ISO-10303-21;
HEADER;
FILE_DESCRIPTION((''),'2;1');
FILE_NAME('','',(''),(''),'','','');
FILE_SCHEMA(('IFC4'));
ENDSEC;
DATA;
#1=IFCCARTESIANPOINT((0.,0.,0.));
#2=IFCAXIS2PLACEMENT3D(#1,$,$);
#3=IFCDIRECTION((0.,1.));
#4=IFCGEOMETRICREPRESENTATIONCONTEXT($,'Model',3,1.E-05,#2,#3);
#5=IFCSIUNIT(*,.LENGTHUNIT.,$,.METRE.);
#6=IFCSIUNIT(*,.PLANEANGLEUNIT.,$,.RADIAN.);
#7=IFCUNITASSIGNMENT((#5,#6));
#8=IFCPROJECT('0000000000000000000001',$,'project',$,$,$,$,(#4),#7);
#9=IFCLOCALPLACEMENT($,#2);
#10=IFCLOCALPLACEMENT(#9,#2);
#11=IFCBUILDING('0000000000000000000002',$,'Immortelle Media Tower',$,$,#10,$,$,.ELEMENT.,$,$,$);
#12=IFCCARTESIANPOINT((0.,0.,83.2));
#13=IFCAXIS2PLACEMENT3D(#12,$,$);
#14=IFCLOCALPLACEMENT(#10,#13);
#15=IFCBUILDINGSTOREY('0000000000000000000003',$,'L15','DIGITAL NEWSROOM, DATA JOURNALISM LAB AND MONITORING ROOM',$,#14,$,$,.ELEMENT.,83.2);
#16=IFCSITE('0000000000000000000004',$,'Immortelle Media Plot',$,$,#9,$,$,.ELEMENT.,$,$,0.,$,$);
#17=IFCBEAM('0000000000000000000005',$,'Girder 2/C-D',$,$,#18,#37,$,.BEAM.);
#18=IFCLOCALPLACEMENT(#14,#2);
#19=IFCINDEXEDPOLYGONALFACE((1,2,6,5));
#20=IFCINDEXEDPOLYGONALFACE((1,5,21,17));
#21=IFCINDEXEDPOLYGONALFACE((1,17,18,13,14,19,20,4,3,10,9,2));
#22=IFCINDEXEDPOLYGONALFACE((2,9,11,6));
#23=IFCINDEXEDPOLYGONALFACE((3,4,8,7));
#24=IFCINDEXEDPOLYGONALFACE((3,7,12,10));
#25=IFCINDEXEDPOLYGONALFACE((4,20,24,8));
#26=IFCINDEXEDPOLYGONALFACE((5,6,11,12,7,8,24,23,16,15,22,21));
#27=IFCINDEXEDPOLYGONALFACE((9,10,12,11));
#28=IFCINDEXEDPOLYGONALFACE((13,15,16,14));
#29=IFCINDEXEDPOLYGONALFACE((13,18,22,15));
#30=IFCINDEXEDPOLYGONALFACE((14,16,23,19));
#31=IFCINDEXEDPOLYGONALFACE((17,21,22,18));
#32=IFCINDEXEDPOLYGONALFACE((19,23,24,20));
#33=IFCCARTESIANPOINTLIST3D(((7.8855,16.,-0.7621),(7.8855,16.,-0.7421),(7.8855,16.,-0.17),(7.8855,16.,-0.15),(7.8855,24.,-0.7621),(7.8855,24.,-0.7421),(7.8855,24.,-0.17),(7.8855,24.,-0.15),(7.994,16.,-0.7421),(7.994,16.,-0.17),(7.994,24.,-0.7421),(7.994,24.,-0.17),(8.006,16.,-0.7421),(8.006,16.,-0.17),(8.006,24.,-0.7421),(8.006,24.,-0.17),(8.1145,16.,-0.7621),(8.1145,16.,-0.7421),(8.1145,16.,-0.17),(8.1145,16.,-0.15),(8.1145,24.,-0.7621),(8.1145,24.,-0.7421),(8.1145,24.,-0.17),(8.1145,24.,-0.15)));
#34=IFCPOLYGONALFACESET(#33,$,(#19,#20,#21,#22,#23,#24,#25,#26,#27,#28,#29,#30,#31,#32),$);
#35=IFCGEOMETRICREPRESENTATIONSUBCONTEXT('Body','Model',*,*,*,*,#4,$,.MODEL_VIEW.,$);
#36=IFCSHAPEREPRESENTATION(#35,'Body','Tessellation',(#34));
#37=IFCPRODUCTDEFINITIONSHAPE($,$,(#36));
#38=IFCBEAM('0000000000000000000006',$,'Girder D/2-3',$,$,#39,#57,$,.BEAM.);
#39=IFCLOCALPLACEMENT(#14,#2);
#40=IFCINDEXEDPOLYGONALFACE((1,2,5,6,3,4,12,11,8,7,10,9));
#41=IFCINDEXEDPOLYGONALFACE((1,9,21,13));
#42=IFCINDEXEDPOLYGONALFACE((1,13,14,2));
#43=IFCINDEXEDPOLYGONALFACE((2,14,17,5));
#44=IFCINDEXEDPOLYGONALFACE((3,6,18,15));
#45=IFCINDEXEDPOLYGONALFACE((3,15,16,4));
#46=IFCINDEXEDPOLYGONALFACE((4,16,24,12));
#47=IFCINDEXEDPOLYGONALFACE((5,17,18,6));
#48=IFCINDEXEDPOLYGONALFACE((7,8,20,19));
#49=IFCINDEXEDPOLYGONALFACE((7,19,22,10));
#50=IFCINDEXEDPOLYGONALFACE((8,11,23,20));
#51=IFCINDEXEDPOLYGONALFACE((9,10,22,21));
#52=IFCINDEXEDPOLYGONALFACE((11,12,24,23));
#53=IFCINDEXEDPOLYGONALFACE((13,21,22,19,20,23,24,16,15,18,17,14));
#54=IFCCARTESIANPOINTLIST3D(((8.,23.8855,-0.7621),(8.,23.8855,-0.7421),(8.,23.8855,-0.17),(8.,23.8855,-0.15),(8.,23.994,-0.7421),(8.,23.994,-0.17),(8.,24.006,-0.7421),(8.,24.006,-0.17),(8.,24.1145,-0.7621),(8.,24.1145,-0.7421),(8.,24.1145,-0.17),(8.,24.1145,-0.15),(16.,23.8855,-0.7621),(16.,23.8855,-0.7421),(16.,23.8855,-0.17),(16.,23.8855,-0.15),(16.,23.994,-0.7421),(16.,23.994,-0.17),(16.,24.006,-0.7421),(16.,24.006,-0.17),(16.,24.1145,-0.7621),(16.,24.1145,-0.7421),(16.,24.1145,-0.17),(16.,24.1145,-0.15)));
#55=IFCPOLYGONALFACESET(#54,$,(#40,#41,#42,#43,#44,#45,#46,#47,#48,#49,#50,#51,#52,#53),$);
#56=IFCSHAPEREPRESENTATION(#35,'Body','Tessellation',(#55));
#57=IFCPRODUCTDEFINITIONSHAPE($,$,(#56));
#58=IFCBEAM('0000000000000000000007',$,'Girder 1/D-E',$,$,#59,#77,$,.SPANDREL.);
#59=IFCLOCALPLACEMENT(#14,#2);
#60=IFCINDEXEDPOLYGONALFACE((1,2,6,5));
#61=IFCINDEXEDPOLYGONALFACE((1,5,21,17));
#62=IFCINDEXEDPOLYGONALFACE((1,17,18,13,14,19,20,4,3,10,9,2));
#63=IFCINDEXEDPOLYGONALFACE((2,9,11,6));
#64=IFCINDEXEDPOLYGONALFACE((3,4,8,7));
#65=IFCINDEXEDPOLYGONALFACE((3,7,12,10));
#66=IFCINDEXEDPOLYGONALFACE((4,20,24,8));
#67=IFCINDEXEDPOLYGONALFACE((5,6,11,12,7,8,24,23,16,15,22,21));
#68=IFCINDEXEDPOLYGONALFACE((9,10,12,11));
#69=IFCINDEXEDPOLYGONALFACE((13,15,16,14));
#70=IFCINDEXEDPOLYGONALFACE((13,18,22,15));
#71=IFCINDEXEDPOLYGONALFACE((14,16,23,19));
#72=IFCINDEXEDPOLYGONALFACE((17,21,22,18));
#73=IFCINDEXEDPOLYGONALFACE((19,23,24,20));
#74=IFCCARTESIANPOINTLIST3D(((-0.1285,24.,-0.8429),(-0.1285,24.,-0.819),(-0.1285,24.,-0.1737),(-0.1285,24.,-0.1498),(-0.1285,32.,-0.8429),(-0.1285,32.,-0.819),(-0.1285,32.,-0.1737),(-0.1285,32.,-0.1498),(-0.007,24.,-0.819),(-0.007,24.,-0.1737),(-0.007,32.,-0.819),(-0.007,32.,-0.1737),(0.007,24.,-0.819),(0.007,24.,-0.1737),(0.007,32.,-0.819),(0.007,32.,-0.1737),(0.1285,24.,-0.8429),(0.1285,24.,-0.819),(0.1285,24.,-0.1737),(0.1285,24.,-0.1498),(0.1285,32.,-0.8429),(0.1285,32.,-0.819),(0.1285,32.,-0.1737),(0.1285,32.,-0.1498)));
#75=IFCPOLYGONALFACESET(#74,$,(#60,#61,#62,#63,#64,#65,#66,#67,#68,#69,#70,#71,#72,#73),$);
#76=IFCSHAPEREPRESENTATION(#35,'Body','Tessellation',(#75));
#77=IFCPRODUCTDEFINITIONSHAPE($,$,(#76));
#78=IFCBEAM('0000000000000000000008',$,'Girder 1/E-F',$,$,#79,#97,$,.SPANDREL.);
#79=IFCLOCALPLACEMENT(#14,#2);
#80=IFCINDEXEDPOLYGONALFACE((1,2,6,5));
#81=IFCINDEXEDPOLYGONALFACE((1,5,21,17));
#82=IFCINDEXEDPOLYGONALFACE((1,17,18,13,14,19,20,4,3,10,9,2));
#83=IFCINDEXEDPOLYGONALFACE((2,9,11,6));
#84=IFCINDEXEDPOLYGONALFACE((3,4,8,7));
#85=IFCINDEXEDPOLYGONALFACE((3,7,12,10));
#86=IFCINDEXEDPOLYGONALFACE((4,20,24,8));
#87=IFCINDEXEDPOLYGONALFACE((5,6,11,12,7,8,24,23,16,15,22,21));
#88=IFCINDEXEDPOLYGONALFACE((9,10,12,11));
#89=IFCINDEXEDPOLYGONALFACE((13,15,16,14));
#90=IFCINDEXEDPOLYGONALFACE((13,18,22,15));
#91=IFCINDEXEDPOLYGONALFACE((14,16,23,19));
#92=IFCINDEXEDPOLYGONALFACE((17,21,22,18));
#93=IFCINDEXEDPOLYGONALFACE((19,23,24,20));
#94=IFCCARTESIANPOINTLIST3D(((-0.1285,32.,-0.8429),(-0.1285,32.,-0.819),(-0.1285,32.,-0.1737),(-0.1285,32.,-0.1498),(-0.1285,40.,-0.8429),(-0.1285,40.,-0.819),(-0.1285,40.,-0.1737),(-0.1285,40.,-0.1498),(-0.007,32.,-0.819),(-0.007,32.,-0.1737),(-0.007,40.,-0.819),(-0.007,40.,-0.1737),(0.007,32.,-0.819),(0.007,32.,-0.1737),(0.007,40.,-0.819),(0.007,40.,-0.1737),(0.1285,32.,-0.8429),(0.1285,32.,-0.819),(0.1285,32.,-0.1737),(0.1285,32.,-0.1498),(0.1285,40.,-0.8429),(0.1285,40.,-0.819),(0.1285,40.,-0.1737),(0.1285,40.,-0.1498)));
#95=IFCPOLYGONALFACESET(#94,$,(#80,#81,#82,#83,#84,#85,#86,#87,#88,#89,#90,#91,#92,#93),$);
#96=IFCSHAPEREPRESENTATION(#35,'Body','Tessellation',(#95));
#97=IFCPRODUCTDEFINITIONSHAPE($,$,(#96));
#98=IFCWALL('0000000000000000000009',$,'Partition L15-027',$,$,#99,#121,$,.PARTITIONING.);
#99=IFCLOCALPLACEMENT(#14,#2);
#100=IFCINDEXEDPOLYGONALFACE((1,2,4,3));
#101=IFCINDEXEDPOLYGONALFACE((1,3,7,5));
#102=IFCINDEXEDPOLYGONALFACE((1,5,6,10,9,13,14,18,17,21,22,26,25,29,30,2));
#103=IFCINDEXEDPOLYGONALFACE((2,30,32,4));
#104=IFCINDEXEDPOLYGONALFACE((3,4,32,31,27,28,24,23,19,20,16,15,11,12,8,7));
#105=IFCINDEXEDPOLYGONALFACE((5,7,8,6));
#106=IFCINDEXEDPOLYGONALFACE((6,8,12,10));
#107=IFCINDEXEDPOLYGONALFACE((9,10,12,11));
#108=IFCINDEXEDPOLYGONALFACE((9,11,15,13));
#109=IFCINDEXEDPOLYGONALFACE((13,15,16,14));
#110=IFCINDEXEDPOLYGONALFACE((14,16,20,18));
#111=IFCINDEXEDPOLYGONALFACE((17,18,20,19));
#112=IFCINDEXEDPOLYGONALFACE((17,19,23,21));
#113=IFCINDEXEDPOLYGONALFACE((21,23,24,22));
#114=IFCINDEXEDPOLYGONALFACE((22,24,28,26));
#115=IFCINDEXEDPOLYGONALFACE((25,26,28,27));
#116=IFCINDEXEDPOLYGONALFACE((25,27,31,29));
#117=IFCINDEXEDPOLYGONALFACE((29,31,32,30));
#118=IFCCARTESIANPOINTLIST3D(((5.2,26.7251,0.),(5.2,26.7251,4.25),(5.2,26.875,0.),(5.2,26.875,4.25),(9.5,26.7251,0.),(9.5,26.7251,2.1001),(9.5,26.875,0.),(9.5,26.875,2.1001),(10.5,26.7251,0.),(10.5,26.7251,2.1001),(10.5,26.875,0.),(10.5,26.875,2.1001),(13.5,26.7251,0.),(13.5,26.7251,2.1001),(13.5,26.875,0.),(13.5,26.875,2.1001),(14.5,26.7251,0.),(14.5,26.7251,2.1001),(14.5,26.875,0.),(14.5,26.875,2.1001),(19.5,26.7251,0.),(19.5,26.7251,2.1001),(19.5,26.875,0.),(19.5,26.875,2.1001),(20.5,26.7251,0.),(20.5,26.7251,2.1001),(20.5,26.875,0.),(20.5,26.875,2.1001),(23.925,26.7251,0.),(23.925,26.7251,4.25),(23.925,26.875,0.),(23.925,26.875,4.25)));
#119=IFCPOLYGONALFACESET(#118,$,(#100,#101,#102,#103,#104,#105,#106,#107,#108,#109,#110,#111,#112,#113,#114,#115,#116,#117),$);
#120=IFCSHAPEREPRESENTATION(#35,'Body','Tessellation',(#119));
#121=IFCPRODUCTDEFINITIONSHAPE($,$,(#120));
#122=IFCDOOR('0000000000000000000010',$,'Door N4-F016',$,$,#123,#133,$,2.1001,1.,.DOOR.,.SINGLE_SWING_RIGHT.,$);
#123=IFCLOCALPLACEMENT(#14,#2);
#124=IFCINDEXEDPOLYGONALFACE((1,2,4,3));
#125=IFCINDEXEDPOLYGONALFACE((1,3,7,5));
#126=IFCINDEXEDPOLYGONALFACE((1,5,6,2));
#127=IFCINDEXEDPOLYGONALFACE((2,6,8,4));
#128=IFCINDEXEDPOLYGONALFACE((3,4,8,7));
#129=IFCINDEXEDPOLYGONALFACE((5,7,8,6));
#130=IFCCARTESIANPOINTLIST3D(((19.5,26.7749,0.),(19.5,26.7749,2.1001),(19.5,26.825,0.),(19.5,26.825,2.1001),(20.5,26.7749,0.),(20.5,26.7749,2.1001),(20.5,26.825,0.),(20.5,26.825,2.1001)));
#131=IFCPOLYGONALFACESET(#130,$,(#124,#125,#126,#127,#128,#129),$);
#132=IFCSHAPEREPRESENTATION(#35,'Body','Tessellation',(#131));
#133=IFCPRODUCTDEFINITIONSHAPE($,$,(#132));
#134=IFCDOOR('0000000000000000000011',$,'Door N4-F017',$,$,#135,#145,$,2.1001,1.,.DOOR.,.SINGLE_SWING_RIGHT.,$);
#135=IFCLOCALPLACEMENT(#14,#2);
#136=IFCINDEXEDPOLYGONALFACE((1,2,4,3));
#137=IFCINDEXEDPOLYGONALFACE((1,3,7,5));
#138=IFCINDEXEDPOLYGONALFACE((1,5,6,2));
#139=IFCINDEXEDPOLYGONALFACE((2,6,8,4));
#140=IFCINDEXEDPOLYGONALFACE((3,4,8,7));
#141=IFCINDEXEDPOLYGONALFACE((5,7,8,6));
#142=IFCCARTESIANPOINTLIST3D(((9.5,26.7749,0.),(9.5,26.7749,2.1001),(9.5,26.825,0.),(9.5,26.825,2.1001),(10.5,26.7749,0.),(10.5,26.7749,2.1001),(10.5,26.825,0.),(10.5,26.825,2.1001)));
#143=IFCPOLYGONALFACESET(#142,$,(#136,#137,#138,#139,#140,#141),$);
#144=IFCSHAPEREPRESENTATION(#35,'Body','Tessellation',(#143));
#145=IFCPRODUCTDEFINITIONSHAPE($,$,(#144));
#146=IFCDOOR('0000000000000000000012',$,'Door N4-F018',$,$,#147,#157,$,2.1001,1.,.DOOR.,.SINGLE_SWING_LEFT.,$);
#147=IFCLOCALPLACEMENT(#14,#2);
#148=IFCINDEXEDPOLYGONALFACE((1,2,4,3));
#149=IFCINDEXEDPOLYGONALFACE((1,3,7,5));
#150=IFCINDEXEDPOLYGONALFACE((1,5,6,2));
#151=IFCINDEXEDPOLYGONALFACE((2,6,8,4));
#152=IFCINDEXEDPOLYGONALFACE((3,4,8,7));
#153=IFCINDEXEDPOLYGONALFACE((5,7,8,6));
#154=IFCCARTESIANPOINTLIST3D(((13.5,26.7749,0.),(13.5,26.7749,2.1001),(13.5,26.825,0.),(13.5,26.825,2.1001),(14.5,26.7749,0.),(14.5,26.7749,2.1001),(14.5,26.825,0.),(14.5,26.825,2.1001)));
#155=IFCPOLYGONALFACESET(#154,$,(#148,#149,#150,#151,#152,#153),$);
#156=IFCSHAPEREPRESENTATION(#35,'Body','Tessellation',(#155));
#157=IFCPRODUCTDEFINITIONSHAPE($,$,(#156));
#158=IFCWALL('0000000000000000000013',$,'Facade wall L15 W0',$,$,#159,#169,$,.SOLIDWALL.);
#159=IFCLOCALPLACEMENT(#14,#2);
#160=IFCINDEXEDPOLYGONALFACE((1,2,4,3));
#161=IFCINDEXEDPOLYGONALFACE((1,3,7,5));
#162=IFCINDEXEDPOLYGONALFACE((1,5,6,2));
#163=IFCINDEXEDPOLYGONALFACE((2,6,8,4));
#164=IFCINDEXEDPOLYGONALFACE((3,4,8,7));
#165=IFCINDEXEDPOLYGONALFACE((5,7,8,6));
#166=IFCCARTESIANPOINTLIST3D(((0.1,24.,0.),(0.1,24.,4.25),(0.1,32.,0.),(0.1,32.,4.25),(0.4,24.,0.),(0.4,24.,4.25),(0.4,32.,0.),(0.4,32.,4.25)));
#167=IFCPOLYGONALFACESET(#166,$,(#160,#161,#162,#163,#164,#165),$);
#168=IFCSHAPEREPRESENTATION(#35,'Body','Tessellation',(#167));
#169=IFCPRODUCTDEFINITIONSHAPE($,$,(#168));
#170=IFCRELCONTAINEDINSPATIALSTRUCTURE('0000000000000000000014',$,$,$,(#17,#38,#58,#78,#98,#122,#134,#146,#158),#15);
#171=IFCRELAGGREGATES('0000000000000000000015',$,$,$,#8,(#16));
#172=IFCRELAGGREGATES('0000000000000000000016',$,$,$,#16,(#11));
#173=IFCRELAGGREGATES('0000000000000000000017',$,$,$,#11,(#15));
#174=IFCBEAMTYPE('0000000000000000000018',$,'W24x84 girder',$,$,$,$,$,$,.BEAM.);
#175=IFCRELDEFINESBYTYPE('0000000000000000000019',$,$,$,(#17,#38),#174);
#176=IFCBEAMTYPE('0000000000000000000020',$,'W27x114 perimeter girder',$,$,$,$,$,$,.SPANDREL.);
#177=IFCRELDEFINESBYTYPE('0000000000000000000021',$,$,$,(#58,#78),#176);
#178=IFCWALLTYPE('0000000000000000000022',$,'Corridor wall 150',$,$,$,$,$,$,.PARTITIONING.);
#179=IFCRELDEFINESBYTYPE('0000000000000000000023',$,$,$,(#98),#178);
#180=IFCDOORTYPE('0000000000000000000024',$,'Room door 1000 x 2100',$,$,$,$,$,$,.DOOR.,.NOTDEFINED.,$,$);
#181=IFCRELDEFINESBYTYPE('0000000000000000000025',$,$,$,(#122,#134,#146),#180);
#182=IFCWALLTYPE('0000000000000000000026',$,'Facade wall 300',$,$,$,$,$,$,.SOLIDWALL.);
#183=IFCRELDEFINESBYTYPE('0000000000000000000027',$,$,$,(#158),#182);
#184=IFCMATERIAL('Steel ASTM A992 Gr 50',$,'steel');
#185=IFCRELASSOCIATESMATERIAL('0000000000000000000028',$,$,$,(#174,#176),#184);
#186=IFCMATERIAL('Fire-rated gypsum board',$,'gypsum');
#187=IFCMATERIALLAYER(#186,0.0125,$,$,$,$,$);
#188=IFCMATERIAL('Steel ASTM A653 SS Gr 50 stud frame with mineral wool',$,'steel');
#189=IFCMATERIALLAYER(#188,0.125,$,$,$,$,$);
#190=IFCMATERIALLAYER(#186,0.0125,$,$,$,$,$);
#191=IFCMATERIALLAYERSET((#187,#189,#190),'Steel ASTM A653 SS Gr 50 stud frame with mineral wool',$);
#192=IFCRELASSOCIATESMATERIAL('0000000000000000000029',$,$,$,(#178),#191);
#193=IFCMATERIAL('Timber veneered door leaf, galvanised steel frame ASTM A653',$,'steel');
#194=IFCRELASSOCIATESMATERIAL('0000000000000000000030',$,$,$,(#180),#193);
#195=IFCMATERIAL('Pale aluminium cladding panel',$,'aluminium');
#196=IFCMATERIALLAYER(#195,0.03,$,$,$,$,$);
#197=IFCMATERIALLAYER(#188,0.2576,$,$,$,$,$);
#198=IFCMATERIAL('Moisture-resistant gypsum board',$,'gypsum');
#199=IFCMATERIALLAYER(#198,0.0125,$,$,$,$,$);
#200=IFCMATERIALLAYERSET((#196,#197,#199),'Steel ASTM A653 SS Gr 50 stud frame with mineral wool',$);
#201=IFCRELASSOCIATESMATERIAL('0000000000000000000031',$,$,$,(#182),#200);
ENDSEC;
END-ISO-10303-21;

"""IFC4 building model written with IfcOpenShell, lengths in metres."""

from ifc_helpers import new_model, si_unit, direction, frame, frame_2d, origin, origin_2d, place, context, subcontext, project, spatial, rectangle, i_section, extrude, material, layer, layer_set, material_profile, profile_set, type_object, element, fill, save


model = new_model("IFC4")

# Units and contexts
model_context = context("Model", 3, precision=1e-05, world=origin(), true_north=direction((0.0, 1.0)))
body_context = subcontext(model_context, "Body", "Model", "MODEL_VIEW")
ifc_project = project(units=[si_unit("LENGTHUNIT", "METRE"), si_unit("PLANEANGLEUNIT", "RADIAN")], contexts=[model_context])

# Site, building, storey
site_placement = place(None, origin())
site = spatial("IfcSite", under=ifc_project, at=site_placement, Name="Immortelle Media Plot", CompositionType="ELEMENT", RefElevation=0.0)
building_placement = place(site_placement, origin())
building = spatial("IfcBuilding", under=site, at=building_placement, Name="Immortelle Media Tower", CompositionType="ELEMENT")
storey_placement = place(building_placement, frame((0.0, 0.0, 83.2)))
storey = spatial("IfcBuildingStorey", under=building, at=storey_placement, Name="L15", Description="DIGITAL NEWSROOM, DATA JOURNALISM LAB AND MONITORING ROOM", CompositionType="ELEMENT", Elevation=83.2)

# Shared definitions
ifc_material_1 = material(Name="Steel ASTM A992 Gr 50", Category="steel")

# Beams
ifc_material_profile_1 = material_profile(ifc_material_1, i_section(OverallWidth=0.229, OverallDepth=0.6121, WebThickness=0.012, FlangeThickness=0.02, at=origin_2d()), Name="W24x84")
ifc_profile_set_1 = profile_set([ifc_material_profile_1], Name="Steel ASTM A992 Gr 50")
beam_type_1 = type_object("IfcBeamType", Name="W24x84 girder", PredefinedType="BEAM", material=ifc_profile_set_1)
for number, where, z_axis, x_axis, name in (
    (1, (8.0, 16.0, -0.4561), (0.0, 1.0, 0.0), (-1.0, 0.0, 0.0), "Girder 2/C-D"),
    (2, (8.0, 24.0, -0.4561), (1.0, 0.0, 0.0), (0.0, 1.0, 0.0), "Girder D/2-3"),
):
    element("IfcBeam", number, at=place(storey_placement, frame(where, z_axis=z_axis, x_axis=x_axis)), inside=storey, type_object=beam_type_1, Name=name, PredefinedType="BEAM", context=body_context, shape_type="SweptSolid", body=[
        extrude(i_section(OverallWidth=0.229, OverallDepth=0.6121, WebThickness=0.012, FlangeThickness=0.02, at=origin_2d()), origin(), (0.0, 0.0, 1.0), 8.0),
    ])
ifc_material_profile_2 = material_profile(ifc_material_1, i_section(OverallWidth=0.2571, OverallDepth=0.6931, WebThickness=0.0139, FlangeThickness=0.0239, at=origin_2d()), Name="W27x114")
ifc_profile_set_2 = profile_set([ifc_material_profile_2], Name="Steel ASTM A992 Gr 50")
beam_type_2 = type_object("IfcBeamType", Name="W27x114 perimeter girder", PredefinedType="SPANDREL", material=ifc_profile_set_2)
for number, where, z_axis, x_axis, name in (
    (3, (0.0, 24.0, -0.4963), (0.0, 1.0, 0.0), (-1.0, 0.0, 0.0), "Girder 1/D-E"),
    (4, (0.0, 32.0, -0.4963), (0.0, 1.0, 0.0), (-1.0, 0.0, 0.0), "Girder 1/E-F"),
):
    element("IfcBeam", number, at=place(storey_placement, frame(where, z_axis=z_axis, x_axis=x_axis)), inside=storey, type_object=beam_type_2, Name=name, PredefinedType="SPANDREL", context=body_context, shape_type="SweptSolid", body=[
        extrude(i_section(OverallWidth=0.2571, OverallDepth=0.6931, WebThickness=0.0139, FlangeThickness=0.0239, at=origin_2d()), origin(), (0.0, 0.0, 1.0), 8.0),
    ])

# Wall, openings, doors
ifc_material_2 = material(Name="Fire-rated gypsum board", Category="gypsum")
ifc_layer_1 = layer(ifc_material_2, 0.0125)
ifc_material_3 = material(Name="Steel ASTM A653 SS Gr 50 stud frame with mineral wool", Category="steel")
ifc_layer_2 = layer(ifc_material_3, 0.125)
ifc_layer_3 = layer(ifc_material_2, 0.0125)
ifc_layer_set_1 = layer_set([ifc_layer_1, ifc_layer_2, ifc_layer_3], Name="Steel ASTM A653 SS Gr 50 stud frame with mineral wool")
wall_type_1 = type_object("IfcWallType", Name="Corridor wall 150", PredefinedType="PARTITIONING", material=ifc_layer_set_1)
wall_1_placement = place(storey_placement, frame((5.2, 26.8, 0.0), z_axis=(0.0, 0.0, 1.0), x_axis=(1.0, 0.0, 0.0)))
wall_1 = element("IfcWall", 5, at=wall_1_placement, inside=storey, type_object=wall_type_1, Name="Partition L15-027", PredefinedType="PARTITIONING", context=body_context, shape_type="SweptSolid", body=[
    extrude(rectangle(XDim=18.7251, YDim=0.1499, at=frame_2d((9.3625, 0.0))), origin(), (0.0, 0.0, 1.0), 4.25),
])
opening_1_placement = place(wall_1_placement, frame((14.3, 0.0, 0.0)))
opening_1 = element("IfcOpeningElement", 6, at=opening_1_placement, cuts=wall_1, PredefinedType="OPENING", context=body_context, shape_type="SweptSolid", body=[
    extrude(rectangle(XDim=1.0, YDim=2.1001, at=frame_2d((0.5, 1.05))), frame((0.0, 0.085, 0.0), z_axis=(0.0, -1.0, 0.0), x_axis=(1.0, 0.0, 0.0)), (0.0, 0.0, 1.0), 0.1699),
])
opening_2_placement = place(wall_1_placement, frame((4.3, 0.0, 0.0)))
opening_2 = element("IfcOpeningElement", 7, at=opening_2_placement, cuts=wall_1, PredefinedType="OPENING", context=body_context, shape_type="SweptSolid", body=[
    extrude(rectangle(XDim=1.0, YDim=2.1001, at=frame_2d((0.5, 1.05))), frame((0.0, 0.085, 0.0), z_axis=(0.0, -1.0, 0.0), x_axis=(1.0, 0.0, 0.0)), (0.0, 0.0, 1.0), 0.1699),
])
opening_3_placement = place(wall_1_placement, frame((8.3, 0.0, 0.0)))
opening_3 = element("IfcOpeningElement", 8, at=opening_3_placement, cuts=wall_1, PredefinedType="OPENING", context=body_context, shape_type="SweptSolid", body=[
    extrude(rectangle(XDim=1.0, YDim=2.1001, at=frame_2d((0.5, 1.05))), frame((0.0, 0.085, 0.0), z_axis=(0.0, -1.0, 0.0), x_axis=(1.0, 0.0, 0.0)), (0.0, 0.0, 1.0), 0.1699),
])
ifc_material_4 = material(Name="Timber veneered door leaf, galvanised steel frame ASTM A653", Category="steel")
door_type_1 = type_object("IfcDoorType", Name="Room door 1000 x 2100", OperationType="NOTDEFINED", PredefinedType="DOOR", material=ifc_material_4)
door_1_placement = place(opening_1_placement, origin())
door_1 = element("IfcDoor", 9, at=door_1_placement, inside=storey, type_object=door_type_1, Name="Door N4-F016", OperationType="SINGLE_SWING_RIGHT", OverallHeight=2.1001, OverallWidth=1.0, PredefinedType="DOOR", context=body_context, shape_type="SweptSolid", body=[
    extrude(rectangle(XDim=1.0, YDim=2.1001, at=frame_2d((0.5, 1.05))), frame((0.0, 0.0249, 0.0), z_axis=(0.0, -1.0, 0.0), x_axis=(1.0, 0.0, 0.0)), (0.0, 0.0, 1.0), 0.05),
])
fill(opening_1, door_1)
door_2_placement = place(opening_2_placement, origin())
door_2 = element("IfcDoor", 10, at=door_2_placement, inside=storey, type_object=door_type_1, Name="Door N4-F017", OperationType="SINGLE_SWING_RIGHT", OverallHeight=2.1001, OverallWidth=1.0, PredefinedType="DOOR", context=body_context, shape_type="SweptSolid", body=[
    extrude(rectangle(XDim=1.0, YDim=2.1001, at=frame_2d((0.5, 1.05))), frame((0.0, 0.0249, 0.0), z_axis=(0.0, -1.0, 0.0), x_axis=(1.0, 0.0, 0.0)), (0.0, 0.0, 1.0), 0.05),
])
fill(opening_2, door_2)
door_3_placement = place(opening_3_placement, origin())
door_3 = element("IfcDoor", 11, at=door_3_placement, inside=storey, type_object=door_type_1, Name="Door N4-F018", OperationType="SINGLE_SWING_LEFT", OverallHeight=2.1001, OverallWidth=1.0, PredefinedType="DOOR", context=body_context, shape_type="SweptSolid", body=[
    extrude(rectangle(XDim=1.0, YDim=2.1001, at=frame_2d((0.5, 1.05))), frame((0.0, 0.0249, 0.0), z_axis=(0.0, -1.0, 0.0), x_axis=(1.0, 0.0, 0.0)), (0.0, 0.0, 1.0), 0.05),
])
fill(opening_3, door_3)

# Wall
ifc_material_5 = material(Name="Pale aluminium cladding panel", Category="aluminium")
ifc_layer_4 = layer(ifc_material_5, 0.03)
ifc_layer_5 = layer(ifc_material_3, 0.2576)
ifc_material_6 = material(Name="Moisture-resistant gypsum board", Category="gypsum")
ifc_layer_6 = layer(ifc_material_6, 0.0125)
ifc_layer_set_2 = layer_set([ifc_layer_4, ifc_layer_5, ifc_layer_6], Name="Steel ASTM A653 SS Gr 50 stud frame with mineral wool")
wall_type_2 = type_object("IfcWallType", Name="Facade wall 300", PredefinedType="SOLIDWALL", material=ifc_layer_set_2)
wall_2_placement = place(storey_placement, frame((0.25, 32.0, 0.0), z_axis=(0.0, 0.0, 1.0), x_axis=(0.0, -1.0, 0.0)))
element("IfcWall", 12, at=wall_2_placement, inside=storey, type_object=wall_type_2, Name="Facade wall L15 W0", PredefinedType="SOLIDWALL", context=body_context, shape_type="SweptSolid", body=[
    extrude(rectangle(XDim=8.0, YDim=0.3, at=frame_2d((4.0, 0.0))), origin(), (0.0, 0.0, 1.0), 4.25),
])

save(model, "model.ifc")
